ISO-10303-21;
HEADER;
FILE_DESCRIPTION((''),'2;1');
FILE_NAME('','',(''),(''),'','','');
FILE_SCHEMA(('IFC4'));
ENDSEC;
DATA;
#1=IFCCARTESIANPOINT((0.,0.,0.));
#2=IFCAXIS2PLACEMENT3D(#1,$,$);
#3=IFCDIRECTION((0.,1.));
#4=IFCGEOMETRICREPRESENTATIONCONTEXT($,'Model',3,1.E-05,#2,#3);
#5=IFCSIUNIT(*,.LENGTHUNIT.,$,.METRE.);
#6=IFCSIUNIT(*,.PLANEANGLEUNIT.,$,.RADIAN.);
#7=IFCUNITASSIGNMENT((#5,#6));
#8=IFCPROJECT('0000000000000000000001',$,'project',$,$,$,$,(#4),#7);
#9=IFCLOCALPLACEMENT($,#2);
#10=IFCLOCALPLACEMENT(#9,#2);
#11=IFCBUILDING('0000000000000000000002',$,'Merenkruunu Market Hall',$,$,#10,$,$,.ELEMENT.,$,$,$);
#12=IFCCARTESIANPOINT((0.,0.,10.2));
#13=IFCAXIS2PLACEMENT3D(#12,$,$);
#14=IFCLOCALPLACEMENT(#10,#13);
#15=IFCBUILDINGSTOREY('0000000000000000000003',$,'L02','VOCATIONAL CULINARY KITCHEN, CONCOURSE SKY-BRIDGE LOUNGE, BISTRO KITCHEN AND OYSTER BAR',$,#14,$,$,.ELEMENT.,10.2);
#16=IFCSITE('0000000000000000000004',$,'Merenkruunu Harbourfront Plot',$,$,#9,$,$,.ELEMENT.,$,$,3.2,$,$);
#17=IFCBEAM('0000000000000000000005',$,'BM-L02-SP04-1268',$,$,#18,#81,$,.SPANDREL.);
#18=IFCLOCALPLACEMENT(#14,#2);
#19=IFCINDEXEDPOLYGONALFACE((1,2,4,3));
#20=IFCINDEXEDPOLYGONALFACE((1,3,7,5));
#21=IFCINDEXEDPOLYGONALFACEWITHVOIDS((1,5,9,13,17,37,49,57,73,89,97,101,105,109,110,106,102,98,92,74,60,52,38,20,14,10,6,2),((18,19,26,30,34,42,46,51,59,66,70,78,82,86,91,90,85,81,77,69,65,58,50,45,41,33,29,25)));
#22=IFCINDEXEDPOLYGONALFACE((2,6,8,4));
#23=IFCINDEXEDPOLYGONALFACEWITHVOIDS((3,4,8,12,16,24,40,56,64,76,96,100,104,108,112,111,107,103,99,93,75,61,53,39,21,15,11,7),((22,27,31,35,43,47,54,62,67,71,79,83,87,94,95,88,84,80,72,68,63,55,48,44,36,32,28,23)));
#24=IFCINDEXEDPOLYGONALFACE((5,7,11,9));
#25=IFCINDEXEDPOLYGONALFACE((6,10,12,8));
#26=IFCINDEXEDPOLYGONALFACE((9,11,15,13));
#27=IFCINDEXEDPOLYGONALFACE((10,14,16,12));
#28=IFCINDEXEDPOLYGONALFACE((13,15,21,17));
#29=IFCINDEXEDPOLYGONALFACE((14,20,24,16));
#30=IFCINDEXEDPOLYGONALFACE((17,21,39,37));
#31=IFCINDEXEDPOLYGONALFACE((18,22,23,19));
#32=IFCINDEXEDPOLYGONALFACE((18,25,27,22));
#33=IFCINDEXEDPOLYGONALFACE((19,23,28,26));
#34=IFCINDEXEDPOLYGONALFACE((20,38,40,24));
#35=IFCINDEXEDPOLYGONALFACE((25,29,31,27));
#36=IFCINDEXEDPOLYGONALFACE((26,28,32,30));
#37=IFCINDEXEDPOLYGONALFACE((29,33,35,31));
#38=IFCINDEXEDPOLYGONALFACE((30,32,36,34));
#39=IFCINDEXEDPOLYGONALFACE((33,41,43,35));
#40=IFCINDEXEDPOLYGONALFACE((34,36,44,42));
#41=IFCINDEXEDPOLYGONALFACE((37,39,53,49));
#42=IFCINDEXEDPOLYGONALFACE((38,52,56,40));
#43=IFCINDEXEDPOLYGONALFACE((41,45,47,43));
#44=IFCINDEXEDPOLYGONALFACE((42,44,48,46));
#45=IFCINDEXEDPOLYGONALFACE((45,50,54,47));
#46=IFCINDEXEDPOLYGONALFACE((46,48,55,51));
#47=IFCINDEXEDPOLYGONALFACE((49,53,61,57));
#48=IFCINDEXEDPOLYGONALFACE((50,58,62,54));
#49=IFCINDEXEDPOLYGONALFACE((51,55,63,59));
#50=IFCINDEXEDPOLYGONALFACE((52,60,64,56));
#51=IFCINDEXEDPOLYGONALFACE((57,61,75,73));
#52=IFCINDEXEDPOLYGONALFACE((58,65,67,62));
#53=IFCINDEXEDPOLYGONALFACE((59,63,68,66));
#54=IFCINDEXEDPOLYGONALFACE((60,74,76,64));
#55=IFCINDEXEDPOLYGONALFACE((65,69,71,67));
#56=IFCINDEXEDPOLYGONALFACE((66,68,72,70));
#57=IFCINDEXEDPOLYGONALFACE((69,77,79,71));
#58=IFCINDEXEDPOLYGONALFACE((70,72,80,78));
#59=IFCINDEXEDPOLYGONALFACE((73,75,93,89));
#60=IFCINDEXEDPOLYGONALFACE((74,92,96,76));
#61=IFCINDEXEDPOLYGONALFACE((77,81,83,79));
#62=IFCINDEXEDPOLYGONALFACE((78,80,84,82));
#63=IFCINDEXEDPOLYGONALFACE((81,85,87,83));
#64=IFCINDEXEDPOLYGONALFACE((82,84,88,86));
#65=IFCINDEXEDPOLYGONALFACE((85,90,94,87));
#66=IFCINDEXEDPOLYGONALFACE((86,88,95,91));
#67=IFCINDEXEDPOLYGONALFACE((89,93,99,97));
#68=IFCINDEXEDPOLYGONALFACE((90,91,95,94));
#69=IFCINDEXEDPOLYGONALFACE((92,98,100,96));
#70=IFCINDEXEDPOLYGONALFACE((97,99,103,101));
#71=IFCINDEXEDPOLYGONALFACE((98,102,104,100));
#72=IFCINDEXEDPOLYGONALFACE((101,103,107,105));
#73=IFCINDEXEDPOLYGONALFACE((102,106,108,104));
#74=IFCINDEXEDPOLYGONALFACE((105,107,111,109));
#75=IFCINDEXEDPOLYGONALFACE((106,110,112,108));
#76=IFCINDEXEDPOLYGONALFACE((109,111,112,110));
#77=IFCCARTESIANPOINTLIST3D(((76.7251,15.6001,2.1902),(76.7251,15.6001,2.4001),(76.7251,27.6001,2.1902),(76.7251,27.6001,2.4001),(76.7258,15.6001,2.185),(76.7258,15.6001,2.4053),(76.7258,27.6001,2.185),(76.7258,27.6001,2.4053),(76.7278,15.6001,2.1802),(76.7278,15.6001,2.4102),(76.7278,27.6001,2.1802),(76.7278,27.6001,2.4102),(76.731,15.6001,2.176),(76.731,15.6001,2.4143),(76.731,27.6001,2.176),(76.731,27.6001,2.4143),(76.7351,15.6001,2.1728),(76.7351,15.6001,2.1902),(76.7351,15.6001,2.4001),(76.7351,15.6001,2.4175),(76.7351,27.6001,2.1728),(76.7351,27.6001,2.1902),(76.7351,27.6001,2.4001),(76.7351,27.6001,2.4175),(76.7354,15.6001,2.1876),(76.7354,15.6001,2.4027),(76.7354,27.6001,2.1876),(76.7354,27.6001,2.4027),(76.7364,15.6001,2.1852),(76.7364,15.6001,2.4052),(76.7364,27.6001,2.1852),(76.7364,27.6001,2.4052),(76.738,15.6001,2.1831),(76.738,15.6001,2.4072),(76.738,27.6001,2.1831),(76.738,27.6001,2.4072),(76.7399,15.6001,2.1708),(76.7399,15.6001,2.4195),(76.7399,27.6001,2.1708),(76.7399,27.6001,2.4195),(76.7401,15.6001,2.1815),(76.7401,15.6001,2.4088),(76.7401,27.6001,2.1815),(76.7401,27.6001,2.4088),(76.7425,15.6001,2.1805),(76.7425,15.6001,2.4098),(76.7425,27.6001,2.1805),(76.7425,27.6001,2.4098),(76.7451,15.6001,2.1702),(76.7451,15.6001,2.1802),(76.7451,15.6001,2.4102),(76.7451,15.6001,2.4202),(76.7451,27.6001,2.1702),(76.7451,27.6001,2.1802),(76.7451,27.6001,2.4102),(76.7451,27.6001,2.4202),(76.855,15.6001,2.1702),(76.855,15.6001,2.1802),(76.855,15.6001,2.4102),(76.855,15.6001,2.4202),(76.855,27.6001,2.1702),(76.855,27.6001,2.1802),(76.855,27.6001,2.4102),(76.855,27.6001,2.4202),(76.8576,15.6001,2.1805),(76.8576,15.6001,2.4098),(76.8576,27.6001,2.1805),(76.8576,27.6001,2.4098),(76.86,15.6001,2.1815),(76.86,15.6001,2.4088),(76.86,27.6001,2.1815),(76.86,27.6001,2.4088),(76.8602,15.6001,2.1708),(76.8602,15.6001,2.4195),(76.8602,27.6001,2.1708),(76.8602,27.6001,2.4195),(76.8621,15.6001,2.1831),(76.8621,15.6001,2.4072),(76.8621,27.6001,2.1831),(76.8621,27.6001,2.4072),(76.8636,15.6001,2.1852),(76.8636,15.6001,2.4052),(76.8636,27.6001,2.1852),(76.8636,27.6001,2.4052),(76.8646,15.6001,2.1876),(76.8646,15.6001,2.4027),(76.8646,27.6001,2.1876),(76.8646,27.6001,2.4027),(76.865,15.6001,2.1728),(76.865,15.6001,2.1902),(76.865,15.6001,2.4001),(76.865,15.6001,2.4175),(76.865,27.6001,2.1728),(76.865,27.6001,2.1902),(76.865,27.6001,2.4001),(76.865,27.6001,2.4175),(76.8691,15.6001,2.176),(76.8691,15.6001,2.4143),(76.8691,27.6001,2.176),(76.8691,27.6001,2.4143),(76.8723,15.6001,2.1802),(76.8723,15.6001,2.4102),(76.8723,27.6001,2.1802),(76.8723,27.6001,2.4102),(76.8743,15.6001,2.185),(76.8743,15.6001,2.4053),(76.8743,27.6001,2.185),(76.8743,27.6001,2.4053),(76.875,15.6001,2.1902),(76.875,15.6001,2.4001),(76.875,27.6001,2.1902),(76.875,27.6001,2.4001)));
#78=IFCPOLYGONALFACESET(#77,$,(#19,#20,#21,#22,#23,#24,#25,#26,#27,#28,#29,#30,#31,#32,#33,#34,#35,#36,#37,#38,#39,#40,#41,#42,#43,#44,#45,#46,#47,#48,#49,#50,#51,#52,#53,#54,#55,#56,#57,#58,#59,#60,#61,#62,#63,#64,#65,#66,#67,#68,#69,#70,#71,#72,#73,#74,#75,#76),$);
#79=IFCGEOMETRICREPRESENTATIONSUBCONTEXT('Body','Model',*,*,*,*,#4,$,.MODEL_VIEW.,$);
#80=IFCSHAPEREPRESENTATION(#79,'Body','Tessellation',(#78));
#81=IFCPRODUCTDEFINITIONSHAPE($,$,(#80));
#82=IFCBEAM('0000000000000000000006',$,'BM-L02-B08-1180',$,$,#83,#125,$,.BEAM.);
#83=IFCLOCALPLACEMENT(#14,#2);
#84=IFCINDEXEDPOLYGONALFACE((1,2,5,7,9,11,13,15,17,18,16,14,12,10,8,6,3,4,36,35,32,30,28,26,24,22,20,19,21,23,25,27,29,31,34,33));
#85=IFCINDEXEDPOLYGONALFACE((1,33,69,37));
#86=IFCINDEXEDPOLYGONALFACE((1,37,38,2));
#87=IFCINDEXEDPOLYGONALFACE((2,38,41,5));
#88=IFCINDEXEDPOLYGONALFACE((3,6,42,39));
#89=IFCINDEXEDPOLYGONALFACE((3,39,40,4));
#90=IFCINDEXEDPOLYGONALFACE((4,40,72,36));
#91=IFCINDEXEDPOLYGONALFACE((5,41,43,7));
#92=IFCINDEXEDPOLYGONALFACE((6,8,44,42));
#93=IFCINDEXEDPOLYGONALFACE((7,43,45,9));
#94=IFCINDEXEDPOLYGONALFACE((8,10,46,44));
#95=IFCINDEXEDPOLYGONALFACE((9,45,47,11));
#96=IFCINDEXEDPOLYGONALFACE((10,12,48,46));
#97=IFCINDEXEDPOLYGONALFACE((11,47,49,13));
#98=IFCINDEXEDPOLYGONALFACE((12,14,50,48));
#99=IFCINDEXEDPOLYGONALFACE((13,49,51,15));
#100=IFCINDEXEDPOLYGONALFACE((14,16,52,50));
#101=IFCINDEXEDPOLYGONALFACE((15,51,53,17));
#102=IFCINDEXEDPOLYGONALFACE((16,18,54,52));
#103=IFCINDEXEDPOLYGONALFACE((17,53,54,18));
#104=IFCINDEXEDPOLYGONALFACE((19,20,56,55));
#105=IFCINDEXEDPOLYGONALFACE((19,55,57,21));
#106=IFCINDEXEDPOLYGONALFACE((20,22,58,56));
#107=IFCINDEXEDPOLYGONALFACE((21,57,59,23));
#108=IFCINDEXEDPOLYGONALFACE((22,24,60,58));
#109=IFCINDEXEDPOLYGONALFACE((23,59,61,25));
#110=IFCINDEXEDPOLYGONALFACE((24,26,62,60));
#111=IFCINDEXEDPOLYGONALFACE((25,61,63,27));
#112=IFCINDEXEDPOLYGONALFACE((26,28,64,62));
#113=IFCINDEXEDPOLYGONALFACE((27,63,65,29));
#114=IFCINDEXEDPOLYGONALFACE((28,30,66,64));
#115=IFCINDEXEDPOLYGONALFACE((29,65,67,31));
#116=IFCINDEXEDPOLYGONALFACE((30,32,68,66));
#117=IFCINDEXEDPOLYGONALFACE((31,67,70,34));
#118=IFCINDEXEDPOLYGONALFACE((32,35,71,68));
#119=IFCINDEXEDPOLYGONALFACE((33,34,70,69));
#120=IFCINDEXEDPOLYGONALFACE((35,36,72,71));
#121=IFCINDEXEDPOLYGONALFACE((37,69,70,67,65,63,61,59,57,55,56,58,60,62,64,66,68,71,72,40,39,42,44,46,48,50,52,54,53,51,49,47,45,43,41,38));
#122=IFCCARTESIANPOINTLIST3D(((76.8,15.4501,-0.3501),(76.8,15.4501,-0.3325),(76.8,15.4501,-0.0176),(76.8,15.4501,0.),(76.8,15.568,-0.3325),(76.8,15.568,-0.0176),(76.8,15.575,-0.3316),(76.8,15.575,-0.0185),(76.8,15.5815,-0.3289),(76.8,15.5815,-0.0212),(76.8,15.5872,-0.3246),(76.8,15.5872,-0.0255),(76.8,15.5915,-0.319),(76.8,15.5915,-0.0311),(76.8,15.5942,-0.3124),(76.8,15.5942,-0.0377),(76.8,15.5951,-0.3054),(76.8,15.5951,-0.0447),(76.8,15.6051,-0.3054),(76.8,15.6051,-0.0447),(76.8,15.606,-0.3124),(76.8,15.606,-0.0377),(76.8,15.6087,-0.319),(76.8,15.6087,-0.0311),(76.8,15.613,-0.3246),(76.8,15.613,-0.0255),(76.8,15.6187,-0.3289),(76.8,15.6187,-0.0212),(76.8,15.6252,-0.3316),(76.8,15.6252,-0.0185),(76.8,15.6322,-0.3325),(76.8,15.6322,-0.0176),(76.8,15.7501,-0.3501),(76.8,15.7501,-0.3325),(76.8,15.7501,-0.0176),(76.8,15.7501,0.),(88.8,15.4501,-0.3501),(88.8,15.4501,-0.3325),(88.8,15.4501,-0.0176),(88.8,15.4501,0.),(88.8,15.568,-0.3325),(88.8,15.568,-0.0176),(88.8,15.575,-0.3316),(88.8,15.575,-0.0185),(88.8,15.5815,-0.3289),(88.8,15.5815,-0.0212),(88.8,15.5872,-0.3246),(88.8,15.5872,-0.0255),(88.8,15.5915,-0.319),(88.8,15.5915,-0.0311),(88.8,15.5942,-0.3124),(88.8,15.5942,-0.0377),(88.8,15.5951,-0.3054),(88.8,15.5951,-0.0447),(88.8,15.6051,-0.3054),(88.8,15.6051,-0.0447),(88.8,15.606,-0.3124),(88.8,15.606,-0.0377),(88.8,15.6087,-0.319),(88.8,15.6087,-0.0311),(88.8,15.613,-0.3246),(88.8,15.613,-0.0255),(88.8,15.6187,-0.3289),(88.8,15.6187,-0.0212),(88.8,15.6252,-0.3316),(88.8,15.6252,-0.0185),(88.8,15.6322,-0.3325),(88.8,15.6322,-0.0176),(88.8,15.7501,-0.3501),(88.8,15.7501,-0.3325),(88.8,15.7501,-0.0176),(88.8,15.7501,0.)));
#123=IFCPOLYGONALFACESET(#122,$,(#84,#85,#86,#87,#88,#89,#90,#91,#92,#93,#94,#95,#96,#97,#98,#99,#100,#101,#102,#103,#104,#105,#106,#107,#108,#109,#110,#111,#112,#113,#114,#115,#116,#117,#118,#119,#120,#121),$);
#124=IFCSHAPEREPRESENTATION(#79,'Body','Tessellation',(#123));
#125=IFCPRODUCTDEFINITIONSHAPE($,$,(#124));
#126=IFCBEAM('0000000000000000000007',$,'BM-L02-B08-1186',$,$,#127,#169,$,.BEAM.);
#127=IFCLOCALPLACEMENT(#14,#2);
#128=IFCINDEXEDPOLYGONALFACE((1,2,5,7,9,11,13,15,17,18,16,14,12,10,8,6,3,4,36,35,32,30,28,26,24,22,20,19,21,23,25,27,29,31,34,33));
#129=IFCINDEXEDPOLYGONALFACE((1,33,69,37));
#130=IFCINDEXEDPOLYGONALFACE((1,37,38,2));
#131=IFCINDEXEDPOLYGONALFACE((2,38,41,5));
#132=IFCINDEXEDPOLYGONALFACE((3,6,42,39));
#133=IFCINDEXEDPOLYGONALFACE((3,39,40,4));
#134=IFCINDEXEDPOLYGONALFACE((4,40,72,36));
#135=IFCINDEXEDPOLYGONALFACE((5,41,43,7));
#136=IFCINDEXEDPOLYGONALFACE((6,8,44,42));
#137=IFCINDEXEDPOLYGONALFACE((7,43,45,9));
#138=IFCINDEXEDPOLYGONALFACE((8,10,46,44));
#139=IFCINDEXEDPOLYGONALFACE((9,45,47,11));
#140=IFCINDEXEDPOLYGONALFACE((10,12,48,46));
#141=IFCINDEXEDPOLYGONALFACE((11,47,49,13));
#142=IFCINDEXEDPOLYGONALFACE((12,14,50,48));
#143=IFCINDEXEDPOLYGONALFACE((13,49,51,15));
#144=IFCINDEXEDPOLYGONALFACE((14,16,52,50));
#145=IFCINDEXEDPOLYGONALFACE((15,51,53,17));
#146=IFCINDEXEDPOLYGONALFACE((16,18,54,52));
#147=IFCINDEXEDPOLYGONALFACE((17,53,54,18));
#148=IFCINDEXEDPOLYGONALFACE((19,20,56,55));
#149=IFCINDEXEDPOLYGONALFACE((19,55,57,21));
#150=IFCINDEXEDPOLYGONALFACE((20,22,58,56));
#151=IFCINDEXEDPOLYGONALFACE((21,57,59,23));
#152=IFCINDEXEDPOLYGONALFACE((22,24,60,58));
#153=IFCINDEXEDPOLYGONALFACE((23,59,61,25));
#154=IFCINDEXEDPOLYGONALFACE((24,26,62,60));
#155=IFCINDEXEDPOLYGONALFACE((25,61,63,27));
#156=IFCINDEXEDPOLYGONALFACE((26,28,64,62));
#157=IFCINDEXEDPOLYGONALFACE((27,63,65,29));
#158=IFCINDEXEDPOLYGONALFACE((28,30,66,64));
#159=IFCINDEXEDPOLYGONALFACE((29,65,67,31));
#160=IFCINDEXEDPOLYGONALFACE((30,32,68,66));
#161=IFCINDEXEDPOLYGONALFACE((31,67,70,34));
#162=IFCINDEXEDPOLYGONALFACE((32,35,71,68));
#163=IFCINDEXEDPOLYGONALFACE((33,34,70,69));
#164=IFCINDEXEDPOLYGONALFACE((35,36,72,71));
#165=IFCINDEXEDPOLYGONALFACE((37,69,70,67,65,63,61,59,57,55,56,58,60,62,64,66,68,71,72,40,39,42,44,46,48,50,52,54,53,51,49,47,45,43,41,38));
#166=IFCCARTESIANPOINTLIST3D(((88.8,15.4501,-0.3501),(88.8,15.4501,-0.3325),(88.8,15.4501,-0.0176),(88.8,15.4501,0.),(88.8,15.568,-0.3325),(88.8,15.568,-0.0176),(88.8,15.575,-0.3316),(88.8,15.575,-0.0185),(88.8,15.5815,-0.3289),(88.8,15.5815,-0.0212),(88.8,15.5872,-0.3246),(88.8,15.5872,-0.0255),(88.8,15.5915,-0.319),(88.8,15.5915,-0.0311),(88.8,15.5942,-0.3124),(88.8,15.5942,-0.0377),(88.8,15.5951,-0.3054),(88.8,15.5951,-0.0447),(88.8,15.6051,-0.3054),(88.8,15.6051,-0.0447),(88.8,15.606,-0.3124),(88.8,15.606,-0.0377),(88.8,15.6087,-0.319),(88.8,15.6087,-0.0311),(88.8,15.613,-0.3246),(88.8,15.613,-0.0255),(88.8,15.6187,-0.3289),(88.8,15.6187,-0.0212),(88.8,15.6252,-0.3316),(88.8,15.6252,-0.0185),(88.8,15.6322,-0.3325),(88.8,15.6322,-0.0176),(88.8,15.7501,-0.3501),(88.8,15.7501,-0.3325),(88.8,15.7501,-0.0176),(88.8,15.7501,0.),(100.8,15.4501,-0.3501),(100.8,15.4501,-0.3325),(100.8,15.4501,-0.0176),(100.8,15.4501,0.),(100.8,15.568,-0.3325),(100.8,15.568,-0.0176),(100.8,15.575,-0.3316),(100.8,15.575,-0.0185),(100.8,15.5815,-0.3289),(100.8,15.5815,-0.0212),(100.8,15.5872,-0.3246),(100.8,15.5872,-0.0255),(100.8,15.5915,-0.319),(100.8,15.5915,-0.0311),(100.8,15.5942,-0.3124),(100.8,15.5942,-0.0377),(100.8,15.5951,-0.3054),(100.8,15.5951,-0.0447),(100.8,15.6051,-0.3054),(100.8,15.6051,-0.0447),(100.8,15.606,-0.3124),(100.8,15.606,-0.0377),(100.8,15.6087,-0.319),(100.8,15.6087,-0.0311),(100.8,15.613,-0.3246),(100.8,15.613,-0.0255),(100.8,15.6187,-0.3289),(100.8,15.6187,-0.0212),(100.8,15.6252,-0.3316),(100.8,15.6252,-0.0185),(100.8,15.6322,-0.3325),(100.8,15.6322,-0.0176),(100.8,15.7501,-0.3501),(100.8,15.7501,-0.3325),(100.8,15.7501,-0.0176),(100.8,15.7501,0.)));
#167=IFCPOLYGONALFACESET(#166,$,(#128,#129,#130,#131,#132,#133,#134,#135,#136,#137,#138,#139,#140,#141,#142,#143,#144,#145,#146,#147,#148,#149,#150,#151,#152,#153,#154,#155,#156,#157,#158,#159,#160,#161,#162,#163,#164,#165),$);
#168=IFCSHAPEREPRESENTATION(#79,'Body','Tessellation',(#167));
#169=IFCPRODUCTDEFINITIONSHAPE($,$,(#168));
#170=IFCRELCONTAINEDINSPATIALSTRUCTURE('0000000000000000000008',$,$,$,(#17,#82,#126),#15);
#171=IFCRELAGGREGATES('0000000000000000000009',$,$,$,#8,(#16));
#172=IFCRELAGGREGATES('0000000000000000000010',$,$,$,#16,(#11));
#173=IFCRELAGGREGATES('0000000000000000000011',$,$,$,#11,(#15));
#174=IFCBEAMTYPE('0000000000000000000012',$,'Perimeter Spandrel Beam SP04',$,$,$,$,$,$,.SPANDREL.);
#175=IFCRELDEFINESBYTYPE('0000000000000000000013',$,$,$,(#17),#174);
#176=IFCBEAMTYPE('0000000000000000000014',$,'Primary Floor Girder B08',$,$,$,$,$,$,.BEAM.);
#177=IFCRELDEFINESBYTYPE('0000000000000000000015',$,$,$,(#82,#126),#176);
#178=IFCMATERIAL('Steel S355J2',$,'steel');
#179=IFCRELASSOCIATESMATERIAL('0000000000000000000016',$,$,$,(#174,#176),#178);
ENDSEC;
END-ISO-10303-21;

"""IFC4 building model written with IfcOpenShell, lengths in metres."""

from ifc_helpers import new_model, si_unit, direction, frame, origin, origin_2d, place, context, subcontext, project, spatial, hollow_rectangle, i_section, extrude, material, material_profile, profile_set, type_object, element, save


model = new_model("IFC4")

# Units and contexts
model_context = context("Model", 3, precision=1e-05, world=origin(), true_north=direction((0.0, 1.0)))
body_context = subcontext(model_context, "Body", "Model", "MODEL_VIEW")
ifc_project = project(units=[si_unit("LENGTHUNIT", "METRE"), si_unit("PLANEANGLEUNIT", "RADIAN")], contexts=[model_context])

# Site, building, storey
site_placement = place(None, origin())
site = spatial("IfcSite", under=ifc_project, at=site_placement, Name="Merenkruunu Harbourfront Plot", CompositionType="ELEMENT", RefElevation=3.2)
building_placement = place(site_placement, origin())
building = spatial("IfcBuilding", under=site, at=building_placement, Name="Merenkruunu Market Hall", CompositionType="ELEMENT")
storey_placement = place(building_placement, frame((0.0, 0.0, 10.2)))
storey = spatial("IfcBuildingStorey", under=building, at=storey_placement, Name="L02", Description="VOCATIONAL CULINARY KITCHEN, CONCOURSE SKY-BRIDGE LOUNGE, BISTRO KITCHEN AND OYSTER BAR", CompositionType="ELEMENT", Elevation=10.2)

# Beams
ifc_material_1 = material(Name="Steel S355J2", Category="steel")
ifc_material_profile_1 = material_profile(ifc_material_1, hollow_rectangle(XDim=0.1499, YDim=0.25, WallThickness=0.01, InnerFilletRadius=0.01, OuterFilletRadius=0.02, at=origin_2d()), Name="RHS 250x150x10")
ifc_profile_set_1 = profile_set([ifc_material_profile_1], Name="Steel S355J2")
beam_type_1 = type_object("IfcBeamType", Name="Perimeter Spandrel Beam SP04", PredefinedType="SPANDREL", material=ifc_profile_set_1)
beam_1_placement = place(storey_placement, frame((76.8, 15.6001, 2.2952), z_axis=(0.0, 1.0, 0.0), x_axis=(-1.0, 0.0, 0.0)))
element("IfcBeam", 1, at=beam_1_placement, inside=storey, type_object=beam_type_1, Name="BM-L02-SP04-1268", PredefinedType="SPANDREL", context=body_context, shape_type="SweptSolid", body=[
    extrude(hollow_rectangle(XDim=0.1499, YDim=0.25, WallThickness=0.01, InnerFilletRadius=0.01, OuterFilletRadius=0.02, at=origin_2d()), origin(), (0.0, 0.0, 1.0), 12.0),
])
ifc_material_profile_2 = material_profile(ifc_material_1, i_section(OverallWidth=0.3, OverallDepth=0.3501, WebThickness=0.01, FlangeThickness=0.0176, FilletRadius=0.0271, at=origin_2d()), Name="HEA 360")
ifc_profile_set_2 = profile_set([ifc_material_profile_2], Name="Steel S355J2")
beam_type_2 = type_object("IfcBeamType", Name="Primary Floor Girder B08", PredefinedType="BEAM", material=ifc_profile_set_2)
for number, where, z_axis, x_axis, name in (
    (2, (76.8, 15.6001, -0.175), (1.0, 0.0, 0.0), (0.0, 1.0, 0.0), "BM-L02-B08-1180"),
    (3, (88.8, 15.6001, -0.175), (1.0, 0.0, 0.0), (0.0, 1.0, 0.0), "BM-L02-B08-1186"),
):
    element("IfcBeam", number, at=place(storey_placement, frame(where, z_axis=z_axis, x_axis=x_axis)), inside=storey, type_object=beam_type_2, Name=name, PredefinedType="BEAM", context=body_context, shape_type="SweptSolid", body=[
        extrude(i_section(OverallWidth=0.3, OverallDepth=0.3501, WebThickness=0.01, FlangeThickness=0.0176, FilletRadius=0.0271, at=origin_2d()), origin(), (0.0, 0.0, 1.0), 12.0),
    ])

save(model, "model.ifc")
